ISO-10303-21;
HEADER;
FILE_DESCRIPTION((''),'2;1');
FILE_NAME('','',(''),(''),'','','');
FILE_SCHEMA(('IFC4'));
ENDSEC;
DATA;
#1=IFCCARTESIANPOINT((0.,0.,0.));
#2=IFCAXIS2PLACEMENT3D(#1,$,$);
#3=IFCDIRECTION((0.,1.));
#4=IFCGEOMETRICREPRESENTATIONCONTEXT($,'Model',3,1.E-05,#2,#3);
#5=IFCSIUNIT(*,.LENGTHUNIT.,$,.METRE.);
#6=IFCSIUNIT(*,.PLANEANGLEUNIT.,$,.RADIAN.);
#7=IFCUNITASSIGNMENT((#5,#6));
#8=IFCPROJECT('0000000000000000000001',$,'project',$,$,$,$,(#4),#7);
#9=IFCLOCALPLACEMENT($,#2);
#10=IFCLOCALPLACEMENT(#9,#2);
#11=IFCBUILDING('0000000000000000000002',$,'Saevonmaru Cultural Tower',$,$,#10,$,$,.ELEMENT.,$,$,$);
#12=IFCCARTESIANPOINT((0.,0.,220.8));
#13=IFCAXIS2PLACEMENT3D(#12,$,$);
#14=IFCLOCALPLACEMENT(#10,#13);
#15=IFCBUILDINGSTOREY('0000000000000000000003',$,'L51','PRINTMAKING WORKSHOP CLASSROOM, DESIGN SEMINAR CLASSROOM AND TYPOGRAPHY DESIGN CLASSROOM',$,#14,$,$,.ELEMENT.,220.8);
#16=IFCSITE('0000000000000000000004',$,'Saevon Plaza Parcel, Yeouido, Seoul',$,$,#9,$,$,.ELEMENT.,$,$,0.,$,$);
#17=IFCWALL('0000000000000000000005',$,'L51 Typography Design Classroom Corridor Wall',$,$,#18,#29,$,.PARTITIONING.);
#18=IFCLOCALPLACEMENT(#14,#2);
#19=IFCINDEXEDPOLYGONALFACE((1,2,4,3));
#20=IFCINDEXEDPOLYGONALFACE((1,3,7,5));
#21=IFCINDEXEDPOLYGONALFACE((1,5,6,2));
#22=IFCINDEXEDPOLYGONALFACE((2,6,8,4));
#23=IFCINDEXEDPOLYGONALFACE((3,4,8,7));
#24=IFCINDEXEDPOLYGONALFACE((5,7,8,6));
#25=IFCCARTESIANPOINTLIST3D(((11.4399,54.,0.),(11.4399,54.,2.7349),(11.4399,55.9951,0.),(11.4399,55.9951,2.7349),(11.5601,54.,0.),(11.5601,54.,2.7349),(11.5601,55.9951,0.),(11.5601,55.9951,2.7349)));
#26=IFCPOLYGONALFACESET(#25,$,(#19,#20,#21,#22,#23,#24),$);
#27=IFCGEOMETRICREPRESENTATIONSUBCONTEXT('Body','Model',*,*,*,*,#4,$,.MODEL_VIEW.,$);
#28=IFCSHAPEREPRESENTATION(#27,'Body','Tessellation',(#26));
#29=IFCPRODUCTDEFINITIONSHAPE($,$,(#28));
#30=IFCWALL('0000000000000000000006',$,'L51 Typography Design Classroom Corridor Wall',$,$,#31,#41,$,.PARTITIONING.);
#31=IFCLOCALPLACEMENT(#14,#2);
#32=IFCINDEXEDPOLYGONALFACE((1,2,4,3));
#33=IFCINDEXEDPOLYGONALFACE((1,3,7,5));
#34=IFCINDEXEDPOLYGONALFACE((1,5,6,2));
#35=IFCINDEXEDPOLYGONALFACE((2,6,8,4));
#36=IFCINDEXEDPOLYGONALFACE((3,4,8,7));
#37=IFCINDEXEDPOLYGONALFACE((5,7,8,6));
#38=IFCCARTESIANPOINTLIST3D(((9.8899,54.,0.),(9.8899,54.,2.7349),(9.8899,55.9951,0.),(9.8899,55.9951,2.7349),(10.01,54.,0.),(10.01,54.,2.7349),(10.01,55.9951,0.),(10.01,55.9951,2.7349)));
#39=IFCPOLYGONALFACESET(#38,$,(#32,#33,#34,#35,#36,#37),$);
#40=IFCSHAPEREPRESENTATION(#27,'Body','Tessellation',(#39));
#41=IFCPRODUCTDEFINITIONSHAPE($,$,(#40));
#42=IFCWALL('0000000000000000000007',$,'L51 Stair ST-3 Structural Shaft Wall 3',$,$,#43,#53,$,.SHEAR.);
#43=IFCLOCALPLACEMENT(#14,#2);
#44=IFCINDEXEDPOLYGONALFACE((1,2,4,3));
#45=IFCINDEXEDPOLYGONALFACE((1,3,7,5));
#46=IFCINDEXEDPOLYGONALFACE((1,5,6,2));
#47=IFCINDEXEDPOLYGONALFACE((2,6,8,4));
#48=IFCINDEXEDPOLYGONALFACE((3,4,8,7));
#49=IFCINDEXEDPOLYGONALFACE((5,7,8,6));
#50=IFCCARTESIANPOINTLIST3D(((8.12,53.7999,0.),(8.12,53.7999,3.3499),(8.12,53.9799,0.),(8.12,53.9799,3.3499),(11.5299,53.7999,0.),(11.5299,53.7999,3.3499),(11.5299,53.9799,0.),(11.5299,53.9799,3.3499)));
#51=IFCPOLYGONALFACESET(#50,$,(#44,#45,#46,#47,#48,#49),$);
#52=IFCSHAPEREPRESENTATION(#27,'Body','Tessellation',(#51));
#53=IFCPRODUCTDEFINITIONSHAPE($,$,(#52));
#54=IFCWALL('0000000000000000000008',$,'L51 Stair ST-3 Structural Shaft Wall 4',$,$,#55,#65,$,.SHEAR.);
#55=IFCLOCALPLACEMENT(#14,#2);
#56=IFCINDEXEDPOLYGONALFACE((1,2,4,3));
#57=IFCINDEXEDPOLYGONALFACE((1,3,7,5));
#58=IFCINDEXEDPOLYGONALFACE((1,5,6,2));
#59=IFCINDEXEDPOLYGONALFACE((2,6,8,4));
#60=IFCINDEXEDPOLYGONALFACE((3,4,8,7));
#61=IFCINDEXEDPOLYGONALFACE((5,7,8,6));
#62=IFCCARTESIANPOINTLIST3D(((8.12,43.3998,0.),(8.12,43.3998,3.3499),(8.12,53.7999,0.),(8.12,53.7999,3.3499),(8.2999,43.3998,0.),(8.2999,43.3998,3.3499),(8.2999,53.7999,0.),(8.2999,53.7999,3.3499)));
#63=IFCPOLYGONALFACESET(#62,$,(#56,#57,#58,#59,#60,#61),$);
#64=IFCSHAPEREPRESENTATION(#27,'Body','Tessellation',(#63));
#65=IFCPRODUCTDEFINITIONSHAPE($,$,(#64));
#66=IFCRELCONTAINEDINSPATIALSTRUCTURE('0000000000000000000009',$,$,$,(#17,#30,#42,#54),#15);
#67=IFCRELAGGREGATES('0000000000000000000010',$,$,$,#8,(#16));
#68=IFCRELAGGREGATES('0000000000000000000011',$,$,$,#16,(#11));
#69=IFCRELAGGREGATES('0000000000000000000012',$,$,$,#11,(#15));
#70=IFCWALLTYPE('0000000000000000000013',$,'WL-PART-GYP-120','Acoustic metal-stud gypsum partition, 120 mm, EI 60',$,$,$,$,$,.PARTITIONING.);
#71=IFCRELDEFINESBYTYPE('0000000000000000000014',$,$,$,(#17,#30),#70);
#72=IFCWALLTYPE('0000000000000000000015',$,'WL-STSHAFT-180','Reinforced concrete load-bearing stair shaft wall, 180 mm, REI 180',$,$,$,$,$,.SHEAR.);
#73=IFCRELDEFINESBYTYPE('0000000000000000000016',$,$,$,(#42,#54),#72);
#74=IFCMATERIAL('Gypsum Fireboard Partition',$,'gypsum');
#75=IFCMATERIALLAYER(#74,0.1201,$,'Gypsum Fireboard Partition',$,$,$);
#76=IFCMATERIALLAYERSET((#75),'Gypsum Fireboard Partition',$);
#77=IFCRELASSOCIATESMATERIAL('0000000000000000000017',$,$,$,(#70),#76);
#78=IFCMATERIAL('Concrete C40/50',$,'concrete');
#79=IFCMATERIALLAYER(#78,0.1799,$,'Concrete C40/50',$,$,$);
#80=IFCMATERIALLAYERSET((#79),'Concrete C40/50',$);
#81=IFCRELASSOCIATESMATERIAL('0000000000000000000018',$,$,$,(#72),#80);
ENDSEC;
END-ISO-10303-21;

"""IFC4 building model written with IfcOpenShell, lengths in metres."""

from ifc_helpers import new_model, si_unit, direction, frame, frame_2d, origin, place, context, subcontext, project, spatial, rectangle, extrude, material, layer, layer_set, type_object, element, save


model = new_model("IFC4")

# Units and contexts
model_context = context("Model", 3, precision=1e-05, world=origin(), true_north=direction((0.0, 1.0)))
body_context = subcontext(model_context, "Body", "Model", "MODEL_VIEW")
ifc_project = project(units=[si_unit("LENGTHUNIT", "METRE"), si_unit("PLANEANGLEUNIT", "RADIAN")], contexts=[model_context])

# Site, building, storey
site_placement = place(None, origin())
site = spatial("IfcSite", under=ifc_project, at=site_placement, Name="Saevon Plaza Parcel, Yeouido, Seoul", CompositionType="ELEMENT", RefElevation=0.0)
building_placement = place(site_placement, origin())
building = spatial("IfcBuilding", under=site, at=building_placement, Name="Saevonmaru Cultural Tower", CompositionType="ELEMENT")
storey_placement = place(building_placement, frame((0.0, 0.0, 220.8)))
storey = spatial("IfcBuildingStorey", under=building, at=storey_placement, Name="L51", Description="PRINTMAKING WORKSHOP CLASSROOM, DESIGN SEMINAR CLASSROOM AND TYPOGRAPHY DESIGN CLASSROOM", CompositionType="ELEMENT", Elevation=220.8)

# Walls
ifc_material_1 = material(Name="Gypsum Fireboard Partition", Category="gypsum")
ifc_layer_1 = layer(ifc_material_1, 0.1201, Name="Gypsum Fireboard Partition")
ifc_layer_set_1 = layer_set([ifc_layer_1], Name="Gypsum Fireboard Partition")
wall_type_1 = type_object("IfcWallType", Name="WL-PART-GYP-120", Description="Acoustic metal-stud gypsum partition, 120 mm, EI 60", PredefinedType="PARTITIONING", material=ifc_layer_set_1)
for number, where, z_axis, x_axis, name in (
    (1, (11.5, 54.0, 0.0), (0.0, 0.0, 1.0), (0.0, 1.0, 0.0), "L51 Typography Design Classroom Corridor Wall"),
    (2, (9.95, 54.0, 0.0), (0.0, 0.0, 1.0), (0.0, 1.0, 0.0), "L51 Typography Design Classroom Corridor Wall"),
):
    element("IfcWall", number, at=place(storey_placement, frame(where, z_axis=z_axis, x_axis=x_axis)), inside=storey, type_object=wall_type_1, Name=name, PredefinedType="PARTITIONING", context=body_context, shape_type="SweptSolid", body=[
        extrude(rectangle(XDim=1.9951, YDim=0.1201, at=frame_2d((0.9976, 0.0))), origin(), (0.0, 0.0, 1.0), 2.7349),
    ])
ifc_material_2 = material(Name="Concrete C40/50", Category="concrete")
ifc_layer_2 = layer(ifc_material_2, 0.1799, Name="Concrete C40/50")
ifc_layer_set_2 = layer_set([ifc_layer_2], Name="Concrete C40/50")
wall_type_2 = type_object("IfcWallType", Name="WL-STSHAFT-180", Description="Reinforced concrete load-bearing stair shaft wall, 180 mm, REI 180", PredefinedType="SHEAR", material=ifc_layer_set_2)
wall_1_placement = place(storey_placement, frame((11.53, 53.8899, 0.0), z_axis=(0.0, 0.0, 1.0), x_axis=(-1.0, 0.0, 0.0)))
element("IfcWall", 3, at=wall_1_placement, inside=storey, type_object=wall_type_2, Name="L51 Stair ST-3 Structural Shaft Wall 3", PredefinedType="SHEAR", context=body_context, shape_type="SweptSolid", body=[
    extrude(rectangle(XDim=3.4099, YDim=0.1799, at=frame_2d((1.7051, 0.0))), origin(), (0.0, 0.0, 1.0), 3.3499),
])
wall_2_placement = place(storey_placement, frame((8.21, 53.8, 0.0), z_axis=(0.0, 0.0, 1.0), x_axis=(0.0, -1.0, 0.0)))
element("IfcWall", 4, at=wall_2_placement, inside=storey, type_object=wall_type_2, Name="L51 Stair ST-3 Structural Shaft Wall 4", PredefinedType="SHEAR", context=body_context, shape_type="SweptSolid", body=[
    extrude(rectangle(XDim=10.4001, YDim=0.1799, at=frame_2d((5.2002, 0.0))), origin(), (0.0, 0.0, 1.0), 3.3499),
])

save(model, "model.ifc")
